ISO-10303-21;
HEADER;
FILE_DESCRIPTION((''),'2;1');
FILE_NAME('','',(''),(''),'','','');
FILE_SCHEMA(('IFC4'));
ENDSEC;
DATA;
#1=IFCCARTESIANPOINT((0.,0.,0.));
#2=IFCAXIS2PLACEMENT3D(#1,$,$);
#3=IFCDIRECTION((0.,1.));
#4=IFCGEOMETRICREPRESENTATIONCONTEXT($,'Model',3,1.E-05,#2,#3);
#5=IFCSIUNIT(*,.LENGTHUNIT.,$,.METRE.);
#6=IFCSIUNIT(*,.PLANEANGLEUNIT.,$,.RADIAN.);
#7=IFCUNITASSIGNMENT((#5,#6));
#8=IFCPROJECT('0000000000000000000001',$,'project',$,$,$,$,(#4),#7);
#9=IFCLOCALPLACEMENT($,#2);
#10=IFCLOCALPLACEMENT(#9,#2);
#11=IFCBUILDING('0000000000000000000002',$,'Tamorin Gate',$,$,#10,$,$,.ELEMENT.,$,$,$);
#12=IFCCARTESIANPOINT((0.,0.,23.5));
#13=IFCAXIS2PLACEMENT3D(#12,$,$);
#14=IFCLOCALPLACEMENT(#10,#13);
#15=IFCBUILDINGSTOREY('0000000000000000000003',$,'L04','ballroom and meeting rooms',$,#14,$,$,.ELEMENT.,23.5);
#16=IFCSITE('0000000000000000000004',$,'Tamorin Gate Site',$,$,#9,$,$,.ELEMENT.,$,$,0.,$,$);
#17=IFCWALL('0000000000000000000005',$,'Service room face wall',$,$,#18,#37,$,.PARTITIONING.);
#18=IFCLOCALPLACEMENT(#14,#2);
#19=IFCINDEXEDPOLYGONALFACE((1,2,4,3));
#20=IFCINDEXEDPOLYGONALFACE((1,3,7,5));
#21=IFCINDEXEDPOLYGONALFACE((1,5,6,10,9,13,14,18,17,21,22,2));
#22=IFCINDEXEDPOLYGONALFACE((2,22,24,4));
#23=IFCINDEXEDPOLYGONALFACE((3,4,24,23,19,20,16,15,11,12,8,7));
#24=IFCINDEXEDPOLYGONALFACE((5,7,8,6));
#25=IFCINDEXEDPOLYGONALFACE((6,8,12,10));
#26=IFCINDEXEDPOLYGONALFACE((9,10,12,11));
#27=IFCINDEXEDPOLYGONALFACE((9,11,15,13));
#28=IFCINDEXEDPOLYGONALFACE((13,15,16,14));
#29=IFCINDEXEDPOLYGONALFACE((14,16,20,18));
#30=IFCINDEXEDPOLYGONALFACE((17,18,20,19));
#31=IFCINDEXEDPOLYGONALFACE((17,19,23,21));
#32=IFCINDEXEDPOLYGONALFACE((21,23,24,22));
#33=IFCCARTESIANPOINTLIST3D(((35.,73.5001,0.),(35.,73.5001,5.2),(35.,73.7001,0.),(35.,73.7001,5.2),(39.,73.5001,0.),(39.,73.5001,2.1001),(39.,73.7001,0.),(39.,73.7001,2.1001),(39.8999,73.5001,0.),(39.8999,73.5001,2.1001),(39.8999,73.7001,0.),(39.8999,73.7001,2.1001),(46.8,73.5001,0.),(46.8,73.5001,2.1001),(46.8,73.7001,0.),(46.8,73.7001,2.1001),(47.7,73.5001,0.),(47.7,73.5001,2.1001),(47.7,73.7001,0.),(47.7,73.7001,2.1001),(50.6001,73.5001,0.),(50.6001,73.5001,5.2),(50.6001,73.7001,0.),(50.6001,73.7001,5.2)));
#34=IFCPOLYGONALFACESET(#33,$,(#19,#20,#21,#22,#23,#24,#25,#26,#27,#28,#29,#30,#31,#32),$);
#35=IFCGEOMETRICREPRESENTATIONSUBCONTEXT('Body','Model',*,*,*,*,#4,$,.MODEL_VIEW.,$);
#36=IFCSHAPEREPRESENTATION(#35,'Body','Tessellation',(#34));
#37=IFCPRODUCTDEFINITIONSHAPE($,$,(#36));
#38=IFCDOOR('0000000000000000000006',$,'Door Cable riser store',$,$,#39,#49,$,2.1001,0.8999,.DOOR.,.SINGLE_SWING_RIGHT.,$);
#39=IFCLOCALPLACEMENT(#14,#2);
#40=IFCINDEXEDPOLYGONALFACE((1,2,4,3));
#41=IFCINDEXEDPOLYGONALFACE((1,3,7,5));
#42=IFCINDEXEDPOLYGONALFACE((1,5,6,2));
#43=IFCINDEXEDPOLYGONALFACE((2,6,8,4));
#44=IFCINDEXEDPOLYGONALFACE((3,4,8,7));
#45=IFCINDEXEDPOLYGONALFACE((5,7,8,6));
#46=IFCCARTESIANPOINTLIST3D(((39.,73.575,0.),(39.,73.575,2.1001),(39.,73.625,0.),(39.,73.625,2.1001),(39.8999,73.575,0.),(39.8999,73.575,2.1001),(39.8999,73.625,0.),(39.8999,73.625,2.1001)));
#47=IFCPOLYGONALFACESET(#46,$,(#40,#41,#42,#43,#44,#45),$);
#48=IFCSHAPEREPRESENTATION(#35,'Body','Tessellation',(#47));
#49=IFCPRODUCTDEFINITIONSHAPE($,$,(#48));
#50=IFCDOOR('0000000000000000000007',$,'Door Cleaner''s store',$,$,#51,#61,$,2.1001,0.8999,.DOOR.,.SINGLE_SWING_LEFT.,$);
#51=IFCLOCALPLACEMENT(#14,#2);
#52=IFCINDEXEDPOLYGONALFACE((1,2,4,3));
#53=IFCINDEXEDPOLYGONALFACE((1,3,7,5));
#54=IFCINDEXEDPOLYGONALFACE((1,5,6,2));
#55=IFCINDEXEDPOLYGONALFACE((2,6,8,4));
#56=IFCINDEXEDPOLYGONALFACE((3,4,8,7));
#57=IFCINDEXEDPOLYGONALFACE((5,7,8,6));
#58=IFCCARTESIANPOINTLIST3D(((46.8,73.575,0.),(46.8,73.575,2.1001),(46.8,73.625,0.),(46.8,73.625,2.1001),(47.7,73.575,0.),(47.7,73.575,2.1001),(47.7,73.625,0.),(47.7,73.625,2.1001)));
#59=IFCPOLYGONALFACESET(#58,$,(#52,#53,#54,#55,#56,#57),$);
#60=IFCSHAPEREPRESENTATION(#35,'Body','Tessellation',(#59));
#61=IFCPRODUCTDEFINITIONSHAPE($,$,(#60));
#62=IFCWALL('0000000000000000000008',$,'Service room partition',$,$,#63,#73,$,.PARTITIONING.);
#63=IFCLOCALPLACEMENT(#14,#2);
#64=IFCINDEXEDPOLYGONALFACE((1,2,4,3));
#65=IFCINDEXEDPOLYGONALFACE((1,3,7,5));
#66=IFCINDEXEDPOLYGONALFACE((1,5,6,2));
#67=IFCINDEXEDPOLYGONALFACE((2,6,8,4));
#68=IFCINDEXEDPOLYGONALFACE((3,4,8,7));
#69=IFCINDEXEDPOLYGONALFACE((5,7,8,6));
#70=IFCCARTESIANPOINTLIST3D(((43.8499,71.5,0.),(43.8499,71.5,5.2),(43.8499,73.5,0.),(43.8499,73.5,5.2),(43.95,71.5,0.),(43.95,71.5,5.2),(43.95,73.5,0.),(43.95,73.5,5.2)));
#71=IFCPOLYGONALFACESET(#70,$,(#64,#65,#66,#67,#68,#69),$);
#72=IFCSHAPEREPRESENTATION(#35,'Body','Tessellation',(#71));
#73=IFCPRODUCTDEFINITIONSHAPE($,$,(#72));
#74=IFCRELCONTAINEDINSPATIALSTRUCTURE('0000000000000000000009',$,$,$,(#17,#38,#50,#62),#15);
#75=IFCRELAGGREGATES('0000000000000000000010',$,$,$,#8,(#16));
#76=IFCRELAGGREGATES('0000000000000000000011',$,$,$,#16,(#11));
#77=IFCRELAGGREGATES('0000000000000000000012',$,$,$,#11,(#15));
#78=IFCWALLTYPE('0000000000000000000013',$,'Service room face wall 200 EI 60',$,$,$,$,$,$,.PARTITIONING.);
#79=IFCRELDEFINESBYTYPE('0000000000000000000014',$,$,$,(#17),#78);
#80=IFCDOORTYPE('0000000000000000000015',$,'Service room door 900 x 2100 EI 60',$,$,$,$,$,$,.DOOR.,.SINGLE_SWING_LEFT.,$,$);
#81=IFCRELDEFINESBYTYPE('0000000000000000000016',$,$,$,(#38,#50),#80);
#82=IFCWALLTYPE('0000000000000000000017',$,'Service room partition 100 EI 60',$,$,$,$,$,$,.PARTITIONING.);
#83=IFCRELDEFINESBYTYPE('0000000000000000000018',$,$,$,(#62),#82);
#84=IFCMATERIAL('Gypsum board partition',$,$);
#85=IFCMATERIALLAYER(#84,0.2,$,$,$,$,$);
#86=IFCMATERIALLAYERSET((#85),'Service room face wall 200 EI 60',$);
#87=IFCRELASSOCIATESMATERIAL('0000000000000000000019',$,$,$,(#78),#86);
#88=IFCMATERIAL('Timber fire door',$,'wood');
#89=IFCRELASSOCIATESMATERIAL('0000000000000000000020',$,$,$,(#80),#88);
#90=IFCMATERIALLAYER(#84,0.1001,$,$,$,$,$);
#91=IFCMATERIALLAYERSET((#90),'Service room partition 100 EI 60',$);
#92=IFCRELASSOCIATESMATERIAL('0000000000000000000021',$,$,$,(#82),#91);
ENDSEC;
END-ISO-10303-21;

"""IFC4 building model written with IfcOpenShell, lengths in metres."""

from ifc_helpers import new_model, si_unit, direction, frame, frame_2d, origin, place, context, subcontext, project, spatial, rectangle, extrude, material, layer, layer_set, type_object, element, fill, save


model = new_model("IFC4")

# Units and contexts
model_context = context("Model", 3, precision=1e-05, world=origin(), true_north=direction((0.0, 1.0)))
body_context = subcontext(model_context, "Body", "Model", "MODEL_VIEW")
ifc_project = project(units=[si_unit("LENGTHUNIT", "METRE"), si_unit("PLANEANGLEUNIT", "RADIAN")], contexts=[model_context])

# Site, building, storey
site_placement = place(None, origin())
site = spatial("IfcSite", under=ifc_project, at=site_placement, Name="Tamorin Gate Site", CompositionType="ELEMENT", RefElevation=0.0)
building_placement = place(site_placement, origin())
building = spatial("IfcBuilding", under=site, at=building_placement, Name="Tamorin Gate", CompositionType="ELEMENT")
storey_placement = place(building_placement, frame((0.0, 0.0, 23.5)))
storey = spatial("IfcBuildingStorey", under=building, at=storey_placement, Name="L04", Description="ballroom and meeting rooms", CompositionType="ELEMENT", Elevation=23.5)

# Shared definitions
ifc_material_1 = material(Name="Gypsum board partition")
ifc_layer_1 = layer(ifc_material_1, 0.2)
ifc_layer_set_1 = layer_set([ifc_layer_1], Name="Service room face wall 200 EI 60")
wall_type_1 = type_object("IfcWallType", Name="Service room face wall 200 EI 60", PredefinedType="PARTITIONING", material=ifc_layer_set_1)
ifc_material_2 = material(Name="Timber fire door", Category="wood")
door_type_1 = type_object("IfcDoorType", Name="Service room door 900 x 2100 EI 60", OperationType="SINGLE_SWING_LEFT", PredefinedType="DOOR", material=ifc_material_2)

# Wall, openings, doors
wall_1_placement = place(storey_placement, frame((35.0, 73.6001, 0.0), z_axis=(0.0, 0.0, 1.0), x_axis=(1.0, 0.0, 0.0)))
wall_1 = element("IfcWall", 1, at=wall_1_placement, inside=storey, type_object=wall_type_1, Name="Service room face wall", PredefinedType="PARTITIONING", context=body_context, shape_type="SweptSolid", body=[
    extrude(rectangle(XDim=15.6001, YDim=0.2, at=frame_2d((7.8, 0.0))), origin(), (0.0, 0.0, 1.0), 5.2),
])
opening_1_placement = place(wall_1_placement, frame((4.0, 0.0, 0.0)))
opening_1 = element("IfcOpeningElement", 2, at=opening_1_placement, cuts=wall_1, PredefinedType="OPENING", context=body_context, shape_type="SweptSolid", body=[
    extrude(rectangle(XDim=0.8999, YDim=2.1001, at=frame_2d((0.45, 1.05))), frame((0.0, 0.1099, 0.0), z_axis=(0.0, -1.0, 0.0), x_axis=(1.0, 0.0, 0.0)), (0.0, 0.0, 1.0), 0.22),
])
opening_2_placement = place(wall_1_placement, frame((11.8, 0.0, 0.0)))
opening_2 = element("IfcOpeningElement", 3, at=opening_2_placement, cuts=wall_1, PredefinedType="OPENING", context=body_context, shape_type="SweptSolid", body=[
    extrude(rectangle(XDim=0.8999, YDim=2.1001, at=frame_2d((0.45, 1.05))), frame((0.0, 0.1099, 0.0), z_axis=(0.0, -1.0, 0.0), x_axis=(1.0, 0.0, 0.0)), (0.0, 0.0, 1.0), 0.22),
])
door_1_placement = place(opening_1_placement, origin())
door_1 = element("IfcDoor", 4, at=door_1_placement, inside=storey, type_object=door_type_1, Name="Door Cable riser store", OperationType="SINGLE_SWING_RIGHT", OverallHeight=2.1001, OverallWidth=0.8999, PredefinedType="DOOR", context=body_context, shape_type="SweptSolid", body=[
    extrude(rectangle(XDim=0.8999, YDim=2.1001, at=frame_2d((0.45, 1.05))), frame((0.0, 0.0249, 0.0), z_axis=(0.0, -1.0, 0.0), x_axis=(1.0, 0.0, 0.0)), (0.0, 0.0, 1.0), 0.05),
])
fill(opening_1, door_1)
door_2_placement = place(opening_2_placement, origin())
door_2 = element("IfcDoor", 5, at=door_2_placement, inside=storey, type_object=door_type_1, Name="Door Cleaner's store", OperationType="SINGLE_SWING_LEFT", OverallHeight=2.1001, OverallWidth=0.8999, PredefinedType="DOOR", context=body_context, shape_type="SweptSolid", body=[
    extrude(rectangle(XDim=0.8999, YDim=2.1001, at=frame_2d((0.45, 1.05))), frame((0.0, 0.0249, 0.0), z_axis=(0.0, -1.0, 0.0), x_axis=(1.0, 0.0, 0.0)), (0.0, 0.0, 1.0), 0.05),
])
fill(opening_2, door_2)

# Wall
ifc_layer_2 = layer(ifc_material_1, 0.1001)
ifc_layer_set_2 = layer_set([ifc_layer_2], Name="Service room partition 100 EI 60")
wall_type_2 = type_object("IfcWallType", Name="Service room partition 100 EI 60", PredefinedType="PARTITIONING", material=ifc_layer_set_2)
wall_2_placement = place(storey_placement, frame((43.8999, 71.5, 0.0), z_axis=(0.0, 0.0, 1.0), x_axis=(0.0, 1.0, 0.0)))
element("IfcWall", 6, at=wall_2_placement, inside=storey, type_object=wall_type_2, Name="Service room partition", PredefinedType="PARTITIONING", context=body_context, shape_type="SweptSolid", body=[
    extrude(rectangle(XDim=2.0, YDim=0.1001, at=frame_2d((1.0, 0.0))), origin(), (0.0, 0.0, 1.0), 5.2),
])

save(model, "model.ifc")
